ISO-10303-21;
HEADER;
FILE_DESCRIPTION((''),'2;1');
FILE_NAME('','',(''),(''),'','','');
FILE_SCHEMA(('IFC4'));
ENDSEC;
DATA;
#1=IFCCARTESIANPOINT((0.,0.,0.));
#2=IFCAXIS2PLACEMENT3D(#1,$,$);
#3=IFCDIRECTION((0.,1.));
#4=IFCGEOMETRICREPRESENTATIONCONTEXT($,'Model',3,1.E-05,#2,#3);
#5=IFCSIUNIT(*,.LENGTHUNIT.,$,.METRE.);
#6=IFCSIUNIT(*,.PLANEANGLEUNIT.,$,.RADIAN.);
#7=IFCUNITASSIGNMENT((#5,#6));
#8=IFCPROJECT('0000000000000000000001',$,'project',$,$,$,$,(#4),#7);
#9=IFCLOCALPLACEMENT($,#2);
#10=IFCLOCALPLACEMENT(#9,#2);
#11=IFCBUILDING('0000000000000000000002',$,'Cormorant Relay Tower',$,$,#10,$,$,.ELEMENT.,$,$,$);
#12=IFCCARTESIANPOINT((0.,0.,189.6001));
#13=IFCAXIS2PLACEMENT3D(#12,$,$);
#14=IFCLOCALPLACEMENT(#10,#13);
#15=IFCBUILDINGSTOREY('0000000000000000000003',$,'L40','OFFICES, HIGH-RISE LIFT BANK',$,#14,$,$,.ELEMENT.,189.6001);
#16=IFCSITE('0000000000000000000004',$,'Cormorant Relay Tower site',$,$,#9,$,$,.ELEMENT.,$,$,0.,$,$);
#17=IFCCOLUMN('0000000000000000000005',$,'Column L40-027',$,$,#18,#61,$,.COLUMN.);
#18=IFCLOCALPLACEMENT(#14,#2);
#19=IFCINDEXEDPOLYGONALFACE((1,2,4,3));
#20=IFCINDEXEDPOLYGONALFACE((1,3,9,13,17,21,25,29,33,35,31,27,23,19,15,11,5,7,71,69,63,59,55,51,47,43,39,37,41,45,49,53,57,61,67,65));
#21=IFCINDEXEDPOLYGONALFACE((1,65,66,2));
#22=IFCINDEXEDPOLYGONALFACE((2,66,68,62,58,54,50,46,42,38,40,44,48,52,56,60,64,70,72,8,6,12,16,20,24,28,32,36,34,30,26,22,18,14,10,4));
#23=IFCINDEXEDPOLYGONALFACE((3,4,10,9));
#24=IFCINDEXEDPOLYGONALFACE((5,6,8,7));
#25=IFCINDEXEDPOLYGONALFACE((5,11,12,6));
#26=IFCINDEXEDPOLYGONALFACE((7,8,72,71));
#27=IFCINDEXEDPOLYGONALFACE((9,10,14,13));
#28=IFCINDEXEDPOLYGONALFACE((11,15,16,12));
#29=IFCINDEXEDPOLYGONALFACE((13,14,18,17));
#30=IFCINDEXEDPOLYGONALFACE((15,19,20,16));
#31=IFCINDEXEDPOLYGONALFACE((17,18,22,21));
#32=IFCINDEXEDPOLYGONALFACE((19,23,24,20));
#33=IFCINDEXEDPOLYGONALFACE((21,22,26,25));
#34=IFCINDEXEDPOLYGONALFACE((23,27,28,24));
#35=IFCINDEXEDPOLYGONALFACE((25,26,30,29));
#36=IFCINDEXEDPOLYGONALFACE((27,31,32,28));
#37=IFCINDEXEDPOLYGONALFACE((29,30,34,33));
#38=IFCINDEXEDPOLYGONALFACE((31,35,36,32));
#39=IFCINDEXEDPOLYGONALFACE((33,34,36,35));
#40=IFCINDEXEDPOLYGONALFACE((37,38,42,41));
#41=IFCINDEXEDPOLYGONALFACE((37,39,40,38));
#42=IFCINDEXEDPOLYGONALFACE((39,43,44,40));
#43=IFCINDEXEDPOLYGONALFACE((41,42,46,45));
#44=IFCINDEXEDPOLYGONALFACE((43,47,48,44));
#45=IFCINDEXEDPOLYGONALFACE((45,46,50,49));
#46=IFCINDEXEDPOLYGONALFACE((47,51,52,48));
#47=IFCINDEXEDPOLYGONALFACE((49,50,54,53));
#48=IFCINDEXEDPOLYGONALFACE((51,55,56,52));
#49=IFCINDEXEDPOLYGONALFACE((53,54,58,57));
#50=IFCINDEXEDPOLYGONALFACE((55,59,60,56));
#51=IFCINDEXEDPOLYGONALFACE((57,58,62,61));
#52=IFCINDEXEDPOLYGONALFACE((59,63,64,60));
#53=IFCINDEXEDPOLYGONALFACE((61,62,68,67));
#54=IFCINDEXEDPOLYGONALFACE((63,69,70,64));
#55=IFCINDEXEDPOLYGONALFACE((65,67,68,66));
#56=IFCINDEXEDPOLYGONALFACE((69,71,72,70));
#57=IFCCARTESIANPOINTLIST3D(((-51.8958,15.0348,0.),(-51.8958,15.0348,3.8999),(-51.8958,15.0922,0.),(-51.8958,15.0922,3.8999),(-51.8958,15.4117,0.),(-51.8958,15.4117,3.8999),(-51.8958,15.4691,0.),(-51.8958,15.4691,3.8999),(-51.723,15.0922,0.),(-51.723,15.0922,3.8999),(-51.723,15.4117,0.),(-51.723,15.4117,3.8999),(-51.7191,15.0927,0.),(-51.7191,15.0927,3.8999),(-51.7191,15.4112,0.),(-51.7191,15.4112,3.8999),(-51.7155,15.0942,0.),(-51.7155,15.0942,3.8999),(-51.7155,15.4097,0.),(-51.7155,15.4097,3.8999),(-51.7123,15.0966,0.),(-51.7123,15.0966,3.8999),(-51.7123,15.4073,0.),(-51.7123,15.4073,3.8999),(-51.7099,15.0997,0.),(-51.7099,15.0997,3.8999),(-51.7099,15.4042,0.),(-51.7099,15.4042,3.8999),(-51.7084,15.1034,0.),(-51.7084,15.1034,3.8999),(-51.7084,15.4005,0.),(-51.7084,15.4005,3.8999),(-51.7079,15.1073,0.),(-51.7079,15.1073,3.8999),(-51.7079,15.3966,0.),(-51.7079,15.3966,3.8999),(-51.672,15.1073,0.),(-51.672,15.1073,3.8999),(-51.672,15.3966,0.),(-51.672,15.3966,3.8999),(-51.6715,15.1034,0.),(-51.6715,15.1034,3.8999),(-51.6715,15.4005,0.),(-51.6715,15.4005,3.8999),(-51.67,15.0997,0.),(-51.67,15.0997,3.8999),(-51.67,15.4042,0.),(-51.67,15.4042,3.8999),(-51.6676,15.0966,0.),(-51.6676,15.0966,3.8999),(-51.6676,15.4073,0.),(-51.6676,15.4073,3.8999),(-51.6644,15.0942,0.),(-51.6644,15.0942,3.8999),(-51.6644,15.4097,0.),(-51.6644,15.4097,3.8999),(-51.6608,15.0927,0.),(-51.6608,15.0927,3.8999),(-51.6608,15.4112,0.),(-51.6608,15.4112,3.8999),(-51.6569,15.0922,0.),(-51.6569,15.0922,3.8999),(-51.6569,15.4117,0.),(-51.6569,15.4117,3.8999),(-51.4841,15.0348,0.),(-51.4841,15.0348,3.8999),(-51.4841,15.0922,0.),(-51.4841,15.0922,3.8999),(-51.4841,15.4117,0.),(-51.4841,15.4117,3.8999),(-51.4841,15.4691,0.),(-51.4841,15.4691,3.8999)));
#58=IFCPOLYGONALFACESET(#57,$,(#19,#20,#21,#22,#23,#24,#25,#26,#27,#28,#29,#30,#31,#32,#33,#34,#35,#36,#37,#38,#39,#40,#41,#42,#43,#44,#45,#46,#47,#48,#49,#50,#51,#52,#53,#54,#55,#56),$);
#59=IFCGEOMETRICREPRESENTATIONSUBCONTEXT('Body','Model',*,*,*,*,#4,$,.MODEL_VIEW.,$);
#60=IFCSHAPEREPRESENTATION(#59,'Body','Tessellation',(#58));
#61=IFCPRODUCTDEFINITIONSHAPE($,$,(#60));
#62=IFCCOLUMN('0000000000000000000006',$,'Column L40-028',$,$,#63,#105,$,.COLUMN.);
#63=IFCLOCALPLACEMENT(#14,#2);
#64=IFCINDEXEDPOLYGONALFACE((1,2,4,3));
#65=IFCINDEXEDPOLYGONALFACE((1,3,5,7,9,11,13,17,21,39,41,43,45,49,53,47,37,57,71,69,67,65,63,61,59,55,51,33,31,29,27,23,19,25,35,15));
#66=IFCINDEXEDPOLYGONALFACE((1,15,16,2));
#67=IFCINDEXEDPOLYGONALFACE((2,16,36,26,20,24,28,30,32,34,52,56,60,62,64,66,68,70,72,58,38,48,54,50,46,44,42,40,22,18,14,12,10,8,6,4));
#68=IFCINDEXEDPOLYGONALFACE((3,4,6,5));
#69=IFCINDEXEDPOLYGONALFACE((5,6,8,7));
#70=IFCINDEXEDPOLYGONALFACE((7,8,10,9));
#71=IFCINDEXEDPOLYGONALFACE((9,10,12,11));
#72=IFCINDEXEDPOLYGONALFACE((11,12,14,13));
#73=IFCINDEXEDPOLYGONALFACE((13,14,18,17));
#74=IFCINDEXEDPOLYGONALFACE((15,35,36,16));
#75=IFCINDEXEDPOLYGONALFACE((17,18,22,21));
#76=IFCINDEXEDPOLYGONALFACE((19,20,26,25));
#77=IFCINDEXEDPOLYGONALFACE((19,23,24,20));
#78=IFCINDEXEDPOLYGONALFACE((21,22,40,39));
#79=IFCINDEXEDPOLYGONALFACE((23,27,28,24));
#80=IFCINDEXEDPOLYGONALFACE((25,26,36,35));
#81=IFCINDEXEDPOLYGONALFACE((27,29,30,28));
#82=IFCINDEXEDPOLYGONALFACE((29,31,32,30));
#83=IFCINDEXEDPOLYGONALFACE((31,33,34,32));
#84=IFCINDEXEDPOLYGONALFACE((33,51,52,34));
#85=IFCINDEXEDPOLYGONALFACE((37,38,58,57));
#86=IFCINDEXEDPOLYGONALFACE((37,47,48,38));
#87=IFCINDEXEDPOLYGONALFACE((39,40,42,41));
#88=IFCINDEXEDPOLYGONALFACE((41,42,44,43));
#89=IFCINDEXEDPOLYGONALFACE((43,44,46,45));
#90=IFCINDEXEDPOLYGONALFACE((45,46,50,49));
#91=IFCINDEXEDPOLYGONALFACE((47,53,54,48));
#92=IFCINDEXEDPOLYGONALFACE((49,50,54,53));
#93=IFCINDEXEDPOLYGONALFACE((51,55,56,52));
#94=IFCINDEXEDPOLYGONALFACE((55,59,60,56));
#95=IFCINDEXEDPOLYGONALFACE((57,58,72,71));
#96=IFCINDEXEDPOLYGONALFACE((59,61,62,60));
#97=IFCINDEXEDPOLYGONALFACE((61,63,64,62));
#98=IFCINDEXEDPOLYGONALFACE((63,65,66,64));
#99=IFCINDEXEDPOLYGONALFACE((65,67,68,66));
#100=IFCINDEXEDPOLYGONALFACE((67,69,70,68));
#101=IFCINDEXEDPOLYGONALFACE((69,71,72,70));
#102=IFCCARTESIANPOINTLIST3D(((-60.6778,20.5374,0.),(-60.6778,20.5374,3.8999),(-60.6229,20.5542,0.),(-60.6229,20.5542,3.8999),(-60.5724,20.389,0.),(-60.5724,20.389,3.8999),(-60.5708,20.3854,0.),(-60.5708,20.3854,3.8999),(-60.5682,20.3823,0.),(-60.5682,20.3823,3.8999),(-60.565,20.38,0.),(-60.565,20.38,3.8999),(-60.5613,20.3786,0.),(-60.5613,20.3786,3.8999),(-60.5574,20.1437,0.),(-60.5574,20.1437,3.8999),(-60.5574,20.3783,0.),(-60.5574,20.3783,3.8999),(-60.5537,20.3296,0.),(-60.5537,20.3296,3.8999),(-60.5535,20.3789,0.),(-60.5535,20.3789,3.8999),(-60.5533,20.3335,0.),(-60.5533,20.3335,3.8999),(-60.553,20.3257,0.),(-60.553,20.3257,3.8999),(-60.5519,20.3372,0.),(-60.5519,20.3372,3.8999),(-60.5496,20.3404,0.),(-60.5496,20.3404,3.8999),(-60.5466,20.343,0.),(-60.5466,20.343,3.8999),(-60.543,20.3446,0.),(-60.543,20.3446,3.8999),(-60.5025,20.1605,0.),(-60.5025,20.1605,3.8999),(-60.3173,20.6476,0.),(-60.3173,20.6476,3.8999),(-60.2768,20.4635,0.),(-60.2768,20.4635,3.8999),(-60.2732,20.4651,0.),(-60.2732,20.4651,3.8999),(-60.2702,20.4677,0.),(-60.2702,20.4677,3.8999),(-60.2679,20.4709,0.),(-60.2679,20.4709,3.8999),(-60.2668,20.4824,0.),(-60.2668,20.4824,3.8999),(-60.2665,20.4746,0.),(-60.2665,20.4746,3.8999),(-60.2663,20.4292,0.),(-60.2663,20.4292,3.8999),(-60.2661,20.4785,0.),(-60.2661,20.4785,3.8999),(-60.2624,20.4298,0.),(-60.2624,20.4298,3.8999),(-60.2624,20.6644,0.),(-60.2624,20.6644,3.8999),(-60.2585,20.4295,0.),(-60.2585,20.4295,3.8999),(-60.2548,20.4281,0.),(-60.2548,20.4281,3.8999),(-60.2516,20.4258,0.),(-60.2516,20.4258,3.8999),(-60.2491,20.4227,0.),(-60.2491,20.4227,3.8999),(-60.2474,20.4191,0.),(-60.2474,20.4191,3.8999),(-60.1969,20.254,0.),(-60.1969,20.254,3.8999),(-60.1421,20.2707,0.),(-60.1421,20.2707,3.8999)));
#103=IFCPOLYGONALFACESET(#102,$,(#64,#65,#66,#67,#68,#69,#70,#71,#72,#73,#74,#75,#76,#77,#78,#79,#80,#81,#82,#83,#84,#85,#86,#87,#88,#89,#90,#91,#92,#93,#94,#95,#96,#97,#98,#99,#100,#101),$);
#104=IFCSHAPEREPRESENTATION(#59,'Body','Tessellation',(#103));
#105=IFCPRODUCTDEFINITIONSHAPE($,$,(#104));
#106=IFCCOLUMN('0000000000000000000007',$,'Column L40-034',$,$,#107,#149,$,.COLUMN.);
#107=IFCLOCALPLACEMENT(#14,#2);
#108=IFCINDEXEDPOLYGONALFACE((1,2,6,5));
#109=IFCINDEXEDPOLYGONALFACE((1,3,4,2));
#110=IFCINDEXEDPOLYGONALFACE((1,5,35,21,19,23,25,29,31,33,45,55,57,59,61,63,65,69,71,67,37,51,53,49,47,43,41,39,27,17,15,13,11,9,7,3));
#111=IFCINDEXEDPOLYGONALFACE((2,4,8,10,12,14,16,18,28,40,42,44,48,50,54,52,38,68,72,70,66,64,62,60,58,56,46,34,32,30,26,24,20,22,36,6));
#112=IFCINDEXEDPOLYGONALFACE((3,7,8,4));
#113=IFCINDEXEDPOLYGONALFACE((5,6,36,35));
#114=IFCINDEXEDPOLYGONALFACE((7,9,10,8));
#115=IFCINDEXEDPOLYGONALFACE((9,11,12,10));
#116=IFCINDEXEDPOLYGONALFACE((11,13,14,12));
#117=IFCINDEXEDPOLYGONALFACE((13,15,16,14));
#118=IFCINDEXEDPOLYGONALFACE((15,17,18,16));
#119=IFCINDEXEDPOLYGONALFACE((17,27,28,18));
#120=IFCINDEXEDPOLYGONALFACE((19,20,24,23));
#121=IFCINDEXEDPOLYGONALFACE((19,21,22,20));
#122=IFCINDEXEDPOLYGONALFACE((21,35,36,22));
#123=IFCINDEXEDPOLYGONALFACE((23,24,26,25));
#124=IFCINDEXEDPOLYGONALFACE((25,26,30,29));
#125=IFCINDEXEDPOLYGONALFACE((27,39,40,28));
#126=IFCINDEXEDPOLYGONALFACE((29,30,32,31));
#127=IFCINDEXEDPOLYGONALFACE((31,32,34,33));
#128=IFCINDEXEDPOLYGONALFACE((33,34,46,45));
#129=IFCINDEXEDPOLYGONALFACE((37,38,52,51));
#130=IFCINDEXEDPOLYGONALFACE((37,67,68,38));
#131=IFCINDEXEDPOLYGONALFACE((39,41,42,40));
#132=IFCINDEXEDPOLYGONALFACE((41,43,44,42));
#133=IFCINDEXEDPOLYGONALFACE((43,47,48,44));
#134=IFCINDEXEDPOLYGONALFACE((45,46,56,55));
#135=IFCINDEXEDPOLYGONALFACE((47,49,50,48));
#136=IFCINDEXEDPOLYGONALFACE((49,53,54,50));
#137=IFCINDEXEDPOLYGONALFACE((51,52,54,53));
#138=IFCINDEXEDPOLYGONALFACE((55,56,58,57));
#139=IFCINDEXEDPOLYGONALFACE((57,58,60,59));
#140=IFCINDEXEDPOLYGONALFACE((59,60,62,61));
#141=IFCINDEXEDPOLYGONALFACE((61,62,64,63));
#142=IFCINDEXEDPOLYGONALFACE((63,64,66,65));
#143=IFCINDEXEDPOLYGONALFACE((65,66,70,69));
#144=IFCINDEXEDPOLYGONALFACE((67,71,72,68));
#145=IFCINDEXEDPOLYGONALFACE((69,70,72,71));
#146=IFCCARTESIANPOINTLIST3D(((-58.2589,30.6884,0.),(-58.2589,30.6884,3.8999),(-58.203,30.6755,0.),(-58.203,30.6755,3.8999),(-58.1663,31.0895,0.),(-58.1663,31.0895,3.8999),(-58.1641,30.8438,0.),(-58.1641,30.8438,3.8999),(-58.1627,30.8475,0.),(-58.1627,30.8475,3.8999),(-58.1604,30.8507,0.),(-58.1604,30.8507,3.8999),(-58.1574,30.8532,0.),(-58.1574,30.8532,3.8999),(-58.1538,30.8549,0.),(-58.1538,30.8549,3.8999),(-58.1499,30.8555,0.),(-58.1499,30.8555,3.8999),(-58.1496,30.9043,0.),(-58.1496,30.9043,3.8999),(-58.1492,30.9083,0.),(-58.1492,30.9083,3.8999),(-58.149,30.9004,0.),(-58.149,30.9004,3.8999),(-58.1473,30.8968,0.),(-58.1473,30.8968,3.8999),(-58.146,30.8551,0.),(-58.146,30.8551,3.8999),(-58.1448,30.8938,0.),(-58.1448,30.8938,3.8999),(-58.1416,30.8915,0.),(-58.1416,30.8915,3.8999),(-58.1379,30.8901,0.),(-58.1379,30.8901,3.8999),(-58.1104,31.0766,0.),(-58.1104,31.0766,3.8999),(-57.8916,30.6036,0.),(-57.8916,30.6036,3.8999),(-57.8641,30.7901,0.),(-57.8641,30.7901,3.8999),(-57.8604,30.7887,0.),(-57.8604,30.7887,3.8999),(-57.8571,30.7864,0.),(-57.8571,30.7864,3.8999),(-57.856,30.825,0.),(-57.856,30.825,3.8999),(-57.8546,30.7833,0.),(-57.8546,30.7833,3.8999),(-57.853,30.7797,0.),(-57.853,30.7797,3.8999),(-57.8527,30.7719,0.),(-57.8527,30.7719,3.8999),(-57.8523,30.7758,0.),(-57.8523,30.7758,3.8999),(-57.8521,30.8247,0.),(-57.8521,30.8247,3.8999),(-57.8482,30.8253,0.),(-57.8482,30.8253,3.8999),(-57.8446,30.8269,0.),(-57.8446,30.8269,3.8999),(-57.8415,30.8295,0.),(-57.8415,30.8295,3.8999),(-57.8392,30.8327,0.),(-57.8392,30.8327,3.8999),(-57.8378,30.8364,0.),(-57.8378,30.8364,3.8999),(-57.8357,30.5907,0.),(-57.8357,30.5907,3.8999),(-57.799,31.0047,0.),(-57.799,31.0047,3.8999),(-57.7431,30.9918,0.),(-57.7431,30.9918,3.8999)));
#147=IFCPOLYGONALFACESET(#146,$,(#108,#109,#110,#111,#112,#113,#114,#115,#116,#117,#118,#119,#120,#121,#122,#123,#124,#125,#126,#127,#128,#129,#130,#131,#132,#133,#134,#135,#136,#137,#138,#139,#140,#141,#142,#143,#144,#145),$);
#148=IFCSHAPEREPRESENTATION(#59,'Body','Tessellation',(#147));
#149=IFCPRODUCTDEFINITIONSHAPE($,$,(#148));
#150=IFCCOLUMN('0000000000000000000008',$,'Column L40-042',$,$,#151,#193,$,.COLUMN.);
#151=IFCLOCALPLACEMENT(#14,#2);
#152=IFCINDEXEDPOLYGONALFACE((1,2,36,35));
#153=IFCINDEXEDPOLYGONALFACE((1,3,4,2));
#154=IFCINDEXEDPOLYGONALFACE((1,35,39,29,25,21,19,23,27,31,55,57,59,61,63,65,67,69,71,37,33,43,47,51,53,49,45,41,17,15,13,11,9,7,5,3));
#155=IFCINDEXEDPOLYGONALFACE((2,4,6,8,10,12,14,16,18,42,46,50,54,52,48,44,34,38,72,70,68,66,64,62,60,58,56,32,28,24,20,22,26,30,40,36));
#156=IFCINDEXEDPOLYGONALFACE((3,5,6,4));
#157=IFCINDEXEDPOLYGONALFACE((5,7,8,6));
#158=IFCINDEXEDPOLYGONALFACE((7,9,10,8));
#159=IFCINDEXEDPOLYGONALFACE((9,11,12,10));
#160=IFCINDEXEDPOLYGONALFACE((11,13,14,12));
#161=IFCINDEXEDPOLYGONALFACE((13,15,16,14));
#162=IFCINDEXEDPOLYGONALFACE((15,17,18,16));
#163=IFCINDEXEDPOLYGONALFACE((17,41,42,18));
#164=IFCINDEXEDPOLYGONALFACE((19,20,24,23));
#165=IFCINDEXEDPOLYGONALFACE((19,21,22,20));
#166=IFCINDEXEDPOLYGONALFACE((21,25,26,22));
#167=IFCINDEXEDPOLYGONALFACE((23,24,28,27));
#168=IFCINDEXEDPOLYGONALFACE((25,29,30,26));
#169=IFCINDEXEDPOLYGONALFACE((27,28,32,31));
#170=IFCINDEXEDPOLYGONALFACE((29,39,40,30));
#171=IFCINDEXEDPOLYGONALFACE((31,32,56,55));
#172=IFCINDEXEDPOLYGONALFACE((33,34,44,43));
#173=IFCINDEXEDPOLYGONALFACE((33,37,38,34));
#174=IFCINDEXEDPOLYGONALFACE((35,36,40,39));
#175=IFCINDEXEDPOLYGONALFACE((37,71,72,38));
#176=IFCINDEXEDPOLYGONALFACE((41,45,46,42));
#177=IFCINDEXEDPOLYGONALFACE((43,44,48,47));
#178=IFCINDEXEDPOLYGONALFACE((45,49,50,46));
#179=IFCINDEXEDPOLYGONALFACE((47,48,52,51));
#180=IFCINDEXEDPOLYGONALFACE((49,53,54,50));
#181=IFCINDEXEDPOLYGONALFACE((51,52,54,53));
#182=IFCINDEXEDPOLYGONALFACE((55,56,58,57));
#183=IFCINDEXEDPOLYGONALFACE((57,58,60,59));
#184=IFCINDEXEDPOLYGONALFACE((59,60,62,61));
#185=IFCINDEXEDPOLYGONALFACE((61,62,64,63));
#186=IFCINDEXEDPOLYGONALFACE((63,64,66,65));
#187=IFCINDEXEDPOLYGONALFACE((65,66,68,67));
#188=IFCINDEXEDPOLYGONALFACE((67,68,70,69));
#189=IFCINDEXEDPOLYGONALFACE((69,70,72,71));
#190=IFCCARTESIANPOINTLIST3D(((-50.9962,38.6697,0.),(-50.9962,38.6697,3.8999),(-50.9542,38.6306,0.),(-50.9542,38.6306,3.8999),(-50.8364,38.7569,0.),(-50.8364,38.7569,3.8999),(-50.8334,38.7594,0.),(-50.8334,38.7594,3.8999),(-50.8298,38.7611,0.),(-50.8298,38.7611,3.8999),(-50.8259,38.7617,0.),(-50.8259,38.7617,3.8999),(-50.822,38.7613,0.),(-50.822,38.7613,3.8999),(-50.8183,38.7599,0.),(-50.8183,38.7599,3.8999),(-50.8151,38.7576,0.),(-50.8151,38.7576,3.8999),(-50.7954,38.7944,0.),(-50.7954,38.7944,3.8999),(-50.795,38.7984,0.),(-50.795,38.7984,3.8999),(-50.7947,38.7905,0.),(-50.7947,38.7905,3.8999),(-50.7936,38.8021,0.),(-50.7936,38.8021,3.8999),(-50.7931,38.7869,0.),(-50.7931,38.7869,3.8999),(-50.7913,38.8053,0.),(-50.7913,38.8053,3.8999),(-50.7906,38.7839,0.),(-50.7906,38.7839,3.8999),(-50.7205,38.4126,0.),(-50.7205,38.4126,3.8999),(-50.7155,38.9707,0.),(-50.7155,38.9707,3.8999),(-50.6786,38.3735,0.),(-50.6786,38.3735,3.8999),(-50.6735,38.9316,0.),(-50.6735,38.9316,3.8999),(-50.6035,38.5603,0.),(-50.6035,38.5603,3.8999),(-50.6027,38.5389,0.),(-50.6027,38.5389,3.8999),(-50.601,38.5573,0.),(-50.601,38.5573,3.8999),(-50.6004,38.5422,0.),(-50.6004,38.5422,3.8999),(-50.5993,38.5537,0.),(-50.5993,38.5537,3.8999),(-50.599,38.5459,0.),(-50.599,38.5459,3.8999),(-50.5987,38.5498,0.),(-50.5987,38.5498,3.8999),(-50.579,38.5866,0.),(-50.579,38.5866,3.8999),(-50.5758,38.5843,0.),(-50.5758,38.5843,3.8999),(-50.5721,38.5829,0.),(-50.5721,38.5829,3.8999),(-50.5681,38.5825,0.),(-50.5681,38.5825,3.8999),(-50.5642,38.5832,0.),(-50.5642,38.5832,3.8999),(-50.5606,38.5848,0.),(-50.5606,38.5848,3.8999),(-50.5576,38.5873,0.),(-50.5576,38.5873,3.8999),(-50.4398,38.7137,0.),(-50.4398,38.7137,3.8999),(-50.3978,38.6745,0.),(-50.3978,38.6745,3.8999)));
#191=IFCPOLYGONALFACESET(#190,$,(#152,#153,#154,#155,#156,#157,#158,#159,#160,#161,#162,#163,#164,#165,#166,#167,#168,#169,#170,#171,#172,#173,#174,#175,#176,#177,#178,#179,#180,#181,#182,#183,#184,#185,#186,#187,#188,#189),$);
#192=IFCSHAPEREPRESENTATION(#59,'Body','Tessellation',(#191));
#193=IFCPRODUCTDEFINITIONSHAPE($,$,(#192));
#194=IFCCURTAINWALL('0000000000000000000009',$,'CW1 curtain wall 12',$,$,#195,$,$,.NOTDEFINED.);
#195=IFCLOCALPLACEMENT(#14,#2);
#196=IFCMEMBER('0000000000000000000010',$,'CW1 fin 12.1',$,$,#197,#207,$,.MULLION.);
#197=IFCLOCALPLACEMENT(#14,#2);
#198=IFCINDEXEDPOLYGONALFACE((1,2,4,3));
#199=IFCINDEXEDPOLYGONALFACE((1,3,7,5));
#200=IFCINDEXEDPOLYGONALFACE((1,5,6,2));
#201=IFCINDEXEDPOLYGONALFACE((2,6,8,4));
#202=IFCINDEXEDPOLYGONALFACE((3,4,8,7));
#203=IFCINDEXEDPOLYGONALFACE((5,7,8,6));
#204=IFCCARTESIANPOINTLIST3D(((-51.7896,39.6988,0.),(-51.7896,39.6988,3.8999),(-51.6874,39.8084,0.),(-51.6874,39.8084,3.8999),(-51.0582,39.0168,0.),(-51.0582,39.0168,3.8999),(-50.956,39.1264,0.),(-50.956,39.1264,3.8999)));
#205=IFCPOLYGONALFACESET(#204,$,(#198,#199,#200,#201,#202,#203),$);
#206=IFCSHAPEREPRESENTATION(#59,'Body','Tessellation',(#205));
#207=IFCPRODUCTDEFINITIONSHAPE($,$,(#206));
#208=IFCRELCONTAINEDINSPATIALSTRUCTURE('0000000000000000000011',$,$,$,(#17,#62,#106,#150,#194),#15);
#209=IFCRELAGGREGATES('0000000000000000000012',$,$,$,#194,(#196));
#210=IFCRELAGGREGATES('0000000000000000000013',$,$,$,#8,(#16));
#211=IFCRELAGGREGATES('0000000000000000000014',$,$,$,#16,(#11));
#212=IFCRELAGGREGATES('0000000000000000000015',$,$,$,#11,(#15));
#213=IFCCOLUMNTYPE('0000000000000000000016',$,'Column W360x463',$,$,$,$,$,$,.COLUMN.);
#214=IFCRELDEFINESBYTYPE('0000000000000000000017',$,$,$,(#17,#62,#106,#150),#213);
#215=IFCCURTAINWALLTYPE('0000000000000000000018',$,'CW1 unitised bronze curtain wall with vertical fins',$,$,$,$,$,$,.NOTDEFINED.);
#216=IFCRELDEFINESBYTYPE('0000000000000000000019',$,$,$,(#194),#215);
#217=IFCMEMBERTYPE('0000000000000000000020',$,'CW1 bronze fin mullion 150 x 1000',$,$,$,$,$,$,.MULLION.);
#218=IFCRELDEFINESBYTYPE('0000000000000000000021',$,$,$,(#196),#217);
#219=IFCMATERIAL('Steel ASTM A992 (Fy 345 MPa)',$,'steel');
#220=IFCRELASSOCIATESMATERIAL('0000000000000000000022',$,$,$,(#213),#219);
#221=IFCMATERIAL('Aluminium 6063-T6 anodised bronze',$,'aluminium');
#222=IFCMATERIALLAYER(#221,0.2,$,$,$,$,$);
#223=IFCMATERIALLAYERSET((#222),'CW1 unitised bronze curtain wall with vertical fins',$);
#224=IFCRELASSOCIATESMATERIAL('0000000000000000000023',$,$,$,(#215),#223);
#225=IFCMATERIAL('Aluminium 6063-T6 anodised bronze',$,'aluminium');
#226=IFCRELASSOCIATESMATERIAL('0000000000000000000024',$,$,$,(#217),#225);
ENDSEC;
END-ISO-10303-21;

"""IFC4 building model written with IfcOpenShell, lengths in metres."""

from ifc_helpers import new_model, si_unit, direction, frame, origin, origin_2d, place, context, subcontext, project, spatial, rectangle, i_section, extrude, material, layer, layer_set, material_profile, profile_set, type_object, element, aggregate, save


model = new_model("IFC4")

# Units and contexts
model_context = context("Model", 3, precision=1e-05, world=origin(), true_north=direction((0.0, 1.0)))
body_context = subcontext(model_context, "Body", "Model", "MODEL_VIEW")
ifc_project = project(units=[si_unit("LENGTHUNIT", "METRE"), si_unit("PLANEANGLEUNIT", "RADIAN")], contexts=[model_context])

# Site, building, storey
site_placement = place(None, origin())
site = spatial("IfcSite", under=ifc_project, at=site_placement, Name="Cormorant Relay Tower site", CompositionType="ELEMENT", RefElevation=0.0)
building_placement = place(site_placement, origin())
building = spatial("IfcBuilding", under=site, at=building_placement, Name="Cormorant Relay Tower", CompositionType="ELEMENT")
storey_placement = place(building_placement, frame((0.0, 0.0, 189.6001)))
storey = spatial("IfcBuildingStorey", under=building, at=storey_placement, Name="L40", Description="OFFICES, HIGH-RISE LIFT BANK", CompositionType="ELEMENT", Elevation=189.6001)

# Columns
ifc_material_1 = material(Name="Steel ASTM A992 (Fy 345 MPa)", Category="steel")
ifc_material_profile_1 = material_profile(ifc_material_1, i_section(OverallWidth=0.4116, OverallDepth=0.4343, WebThickness=0.0359, FlangeThickness=0.0574, FilletRadius=0.0151, at=origin_2d()), Name="W360x463")
ifc_profile_set_1 = profile_set([ifc_material_profile_1], Name="Steel ASTM A992 (Fy 345 MPa)")
column_type = type_object("IfcColumnType", Name="Column W360x463", PredefinedType="COLUMN", material=ifc_profile_set_1)
for number, where, z_axis, x_axis, name in (
    (1, (-51.6899, 15.252, 0.0), (0.0, 0.0, 1.0), (1.0, 0.0, 0.0), "Column L40-027"),
    (2, (-60.4099, 20.4041, 0.0), (0.0, 0.0, 1.0), (0.292372, -0.956305, 0.0), "Column L40-028"),
    (3, (-58.001, 30.8401, 0.0), (0.0, 0.0, 1.0), (-0.224951, -0.97437, 0.0), "Column L40-034"),
    (4, (-50.697, 38.6721, 0.0), (0.0, 0.0, 1.0), (-0.681998, -0.731354, 0.0), "Column L40-042"),
):
    element("IfcColumn", number, at=place(storey_placement, frame(where, z_axis=z_axis, x_axis=x_axis)), inside=storey, type_object=column_type, Name=name, PredefinedType="COLUMN", context=body_context, shape_type="SweptSolid", body=[
        extrude(i_section(OverallWidth=0.4116, OverallDepth=0.4343, WebThickness=0.0359, FlangeThickness=0.0574, FilletRadius=0.0151, at=origin_2d()), origin(), (0.0, 0.0, 1.0), 3.8999),
    ])

# Curtain wall, member
ifc_material_2 = material(Name="Aluminium 6063-T6 anodised bronze", Category="aluminium")
ifc_layer_1 = layer(ifc_material_2, 0.2)
ifc_layer_set_1 = layer_set([ifc_layer_1], Name="CW1 unitised bronze curtain wall with vertical fins")
curtain_wall_type = type_object("IfcCurtainWallType", Name="CW1 unitised bronze curtain wall with vertical fins", PredefinedType="NOTDEFINED", material=ifc_layer_set_1)
curtain_wall_1_placement = place(storey_placement, origin())
curtain_wall_1 = element("IfcCurtainWall", 5, at=curtain_wall_1_placement, inside=storey, type_object=curtain_wall_type, Name="CW1 curtain wall 12", PredefinedType="NOTDEFINED")
ifc_material_3 = material(Name="Aluminium 6063-T6 anodised bronze", Category="aluminium")
ifc_material_profile_2 = material_profile(ifc_material_3, rectangle(XDim=0.1499, YDim=1.0, at=origin_2d()), Name="AL 150x1000")
ifc_profile_set_2 = profile_set([ifc_material_profile_2], Name="Aluminium 6063-T6 anodised bronze")
member_type_1 = type_object("IfcMemberType", Name="CW1 bronze fin mullion 150 x 1000", PredefinedType="MULLION", material=ifc_profile_set_2)
member_1_placement = place(storey_placement, frame((-51.3728, 39.4126, 0.0), z_axis=(0.0, 0.0, 1.0), x_axis=(-0.681998, -0.731354, 0.0)))
member_1 = element("IfcMember", 6, at=member_1_placement, type_object=member_type_1, Name="CW1 fin 12.1", PredefinedType="MULLION", context=body_context, shape_type="SweptSolid", body=[
    extrude(rectangle(XDim=0.1499, YDim=1.0, at=origin_2d()), origin(), (0.0, 0.0, 1.0), 3.8999),
])

aggregate(curtain_wall_1, [member_1])

save(model, "model.ifc")
